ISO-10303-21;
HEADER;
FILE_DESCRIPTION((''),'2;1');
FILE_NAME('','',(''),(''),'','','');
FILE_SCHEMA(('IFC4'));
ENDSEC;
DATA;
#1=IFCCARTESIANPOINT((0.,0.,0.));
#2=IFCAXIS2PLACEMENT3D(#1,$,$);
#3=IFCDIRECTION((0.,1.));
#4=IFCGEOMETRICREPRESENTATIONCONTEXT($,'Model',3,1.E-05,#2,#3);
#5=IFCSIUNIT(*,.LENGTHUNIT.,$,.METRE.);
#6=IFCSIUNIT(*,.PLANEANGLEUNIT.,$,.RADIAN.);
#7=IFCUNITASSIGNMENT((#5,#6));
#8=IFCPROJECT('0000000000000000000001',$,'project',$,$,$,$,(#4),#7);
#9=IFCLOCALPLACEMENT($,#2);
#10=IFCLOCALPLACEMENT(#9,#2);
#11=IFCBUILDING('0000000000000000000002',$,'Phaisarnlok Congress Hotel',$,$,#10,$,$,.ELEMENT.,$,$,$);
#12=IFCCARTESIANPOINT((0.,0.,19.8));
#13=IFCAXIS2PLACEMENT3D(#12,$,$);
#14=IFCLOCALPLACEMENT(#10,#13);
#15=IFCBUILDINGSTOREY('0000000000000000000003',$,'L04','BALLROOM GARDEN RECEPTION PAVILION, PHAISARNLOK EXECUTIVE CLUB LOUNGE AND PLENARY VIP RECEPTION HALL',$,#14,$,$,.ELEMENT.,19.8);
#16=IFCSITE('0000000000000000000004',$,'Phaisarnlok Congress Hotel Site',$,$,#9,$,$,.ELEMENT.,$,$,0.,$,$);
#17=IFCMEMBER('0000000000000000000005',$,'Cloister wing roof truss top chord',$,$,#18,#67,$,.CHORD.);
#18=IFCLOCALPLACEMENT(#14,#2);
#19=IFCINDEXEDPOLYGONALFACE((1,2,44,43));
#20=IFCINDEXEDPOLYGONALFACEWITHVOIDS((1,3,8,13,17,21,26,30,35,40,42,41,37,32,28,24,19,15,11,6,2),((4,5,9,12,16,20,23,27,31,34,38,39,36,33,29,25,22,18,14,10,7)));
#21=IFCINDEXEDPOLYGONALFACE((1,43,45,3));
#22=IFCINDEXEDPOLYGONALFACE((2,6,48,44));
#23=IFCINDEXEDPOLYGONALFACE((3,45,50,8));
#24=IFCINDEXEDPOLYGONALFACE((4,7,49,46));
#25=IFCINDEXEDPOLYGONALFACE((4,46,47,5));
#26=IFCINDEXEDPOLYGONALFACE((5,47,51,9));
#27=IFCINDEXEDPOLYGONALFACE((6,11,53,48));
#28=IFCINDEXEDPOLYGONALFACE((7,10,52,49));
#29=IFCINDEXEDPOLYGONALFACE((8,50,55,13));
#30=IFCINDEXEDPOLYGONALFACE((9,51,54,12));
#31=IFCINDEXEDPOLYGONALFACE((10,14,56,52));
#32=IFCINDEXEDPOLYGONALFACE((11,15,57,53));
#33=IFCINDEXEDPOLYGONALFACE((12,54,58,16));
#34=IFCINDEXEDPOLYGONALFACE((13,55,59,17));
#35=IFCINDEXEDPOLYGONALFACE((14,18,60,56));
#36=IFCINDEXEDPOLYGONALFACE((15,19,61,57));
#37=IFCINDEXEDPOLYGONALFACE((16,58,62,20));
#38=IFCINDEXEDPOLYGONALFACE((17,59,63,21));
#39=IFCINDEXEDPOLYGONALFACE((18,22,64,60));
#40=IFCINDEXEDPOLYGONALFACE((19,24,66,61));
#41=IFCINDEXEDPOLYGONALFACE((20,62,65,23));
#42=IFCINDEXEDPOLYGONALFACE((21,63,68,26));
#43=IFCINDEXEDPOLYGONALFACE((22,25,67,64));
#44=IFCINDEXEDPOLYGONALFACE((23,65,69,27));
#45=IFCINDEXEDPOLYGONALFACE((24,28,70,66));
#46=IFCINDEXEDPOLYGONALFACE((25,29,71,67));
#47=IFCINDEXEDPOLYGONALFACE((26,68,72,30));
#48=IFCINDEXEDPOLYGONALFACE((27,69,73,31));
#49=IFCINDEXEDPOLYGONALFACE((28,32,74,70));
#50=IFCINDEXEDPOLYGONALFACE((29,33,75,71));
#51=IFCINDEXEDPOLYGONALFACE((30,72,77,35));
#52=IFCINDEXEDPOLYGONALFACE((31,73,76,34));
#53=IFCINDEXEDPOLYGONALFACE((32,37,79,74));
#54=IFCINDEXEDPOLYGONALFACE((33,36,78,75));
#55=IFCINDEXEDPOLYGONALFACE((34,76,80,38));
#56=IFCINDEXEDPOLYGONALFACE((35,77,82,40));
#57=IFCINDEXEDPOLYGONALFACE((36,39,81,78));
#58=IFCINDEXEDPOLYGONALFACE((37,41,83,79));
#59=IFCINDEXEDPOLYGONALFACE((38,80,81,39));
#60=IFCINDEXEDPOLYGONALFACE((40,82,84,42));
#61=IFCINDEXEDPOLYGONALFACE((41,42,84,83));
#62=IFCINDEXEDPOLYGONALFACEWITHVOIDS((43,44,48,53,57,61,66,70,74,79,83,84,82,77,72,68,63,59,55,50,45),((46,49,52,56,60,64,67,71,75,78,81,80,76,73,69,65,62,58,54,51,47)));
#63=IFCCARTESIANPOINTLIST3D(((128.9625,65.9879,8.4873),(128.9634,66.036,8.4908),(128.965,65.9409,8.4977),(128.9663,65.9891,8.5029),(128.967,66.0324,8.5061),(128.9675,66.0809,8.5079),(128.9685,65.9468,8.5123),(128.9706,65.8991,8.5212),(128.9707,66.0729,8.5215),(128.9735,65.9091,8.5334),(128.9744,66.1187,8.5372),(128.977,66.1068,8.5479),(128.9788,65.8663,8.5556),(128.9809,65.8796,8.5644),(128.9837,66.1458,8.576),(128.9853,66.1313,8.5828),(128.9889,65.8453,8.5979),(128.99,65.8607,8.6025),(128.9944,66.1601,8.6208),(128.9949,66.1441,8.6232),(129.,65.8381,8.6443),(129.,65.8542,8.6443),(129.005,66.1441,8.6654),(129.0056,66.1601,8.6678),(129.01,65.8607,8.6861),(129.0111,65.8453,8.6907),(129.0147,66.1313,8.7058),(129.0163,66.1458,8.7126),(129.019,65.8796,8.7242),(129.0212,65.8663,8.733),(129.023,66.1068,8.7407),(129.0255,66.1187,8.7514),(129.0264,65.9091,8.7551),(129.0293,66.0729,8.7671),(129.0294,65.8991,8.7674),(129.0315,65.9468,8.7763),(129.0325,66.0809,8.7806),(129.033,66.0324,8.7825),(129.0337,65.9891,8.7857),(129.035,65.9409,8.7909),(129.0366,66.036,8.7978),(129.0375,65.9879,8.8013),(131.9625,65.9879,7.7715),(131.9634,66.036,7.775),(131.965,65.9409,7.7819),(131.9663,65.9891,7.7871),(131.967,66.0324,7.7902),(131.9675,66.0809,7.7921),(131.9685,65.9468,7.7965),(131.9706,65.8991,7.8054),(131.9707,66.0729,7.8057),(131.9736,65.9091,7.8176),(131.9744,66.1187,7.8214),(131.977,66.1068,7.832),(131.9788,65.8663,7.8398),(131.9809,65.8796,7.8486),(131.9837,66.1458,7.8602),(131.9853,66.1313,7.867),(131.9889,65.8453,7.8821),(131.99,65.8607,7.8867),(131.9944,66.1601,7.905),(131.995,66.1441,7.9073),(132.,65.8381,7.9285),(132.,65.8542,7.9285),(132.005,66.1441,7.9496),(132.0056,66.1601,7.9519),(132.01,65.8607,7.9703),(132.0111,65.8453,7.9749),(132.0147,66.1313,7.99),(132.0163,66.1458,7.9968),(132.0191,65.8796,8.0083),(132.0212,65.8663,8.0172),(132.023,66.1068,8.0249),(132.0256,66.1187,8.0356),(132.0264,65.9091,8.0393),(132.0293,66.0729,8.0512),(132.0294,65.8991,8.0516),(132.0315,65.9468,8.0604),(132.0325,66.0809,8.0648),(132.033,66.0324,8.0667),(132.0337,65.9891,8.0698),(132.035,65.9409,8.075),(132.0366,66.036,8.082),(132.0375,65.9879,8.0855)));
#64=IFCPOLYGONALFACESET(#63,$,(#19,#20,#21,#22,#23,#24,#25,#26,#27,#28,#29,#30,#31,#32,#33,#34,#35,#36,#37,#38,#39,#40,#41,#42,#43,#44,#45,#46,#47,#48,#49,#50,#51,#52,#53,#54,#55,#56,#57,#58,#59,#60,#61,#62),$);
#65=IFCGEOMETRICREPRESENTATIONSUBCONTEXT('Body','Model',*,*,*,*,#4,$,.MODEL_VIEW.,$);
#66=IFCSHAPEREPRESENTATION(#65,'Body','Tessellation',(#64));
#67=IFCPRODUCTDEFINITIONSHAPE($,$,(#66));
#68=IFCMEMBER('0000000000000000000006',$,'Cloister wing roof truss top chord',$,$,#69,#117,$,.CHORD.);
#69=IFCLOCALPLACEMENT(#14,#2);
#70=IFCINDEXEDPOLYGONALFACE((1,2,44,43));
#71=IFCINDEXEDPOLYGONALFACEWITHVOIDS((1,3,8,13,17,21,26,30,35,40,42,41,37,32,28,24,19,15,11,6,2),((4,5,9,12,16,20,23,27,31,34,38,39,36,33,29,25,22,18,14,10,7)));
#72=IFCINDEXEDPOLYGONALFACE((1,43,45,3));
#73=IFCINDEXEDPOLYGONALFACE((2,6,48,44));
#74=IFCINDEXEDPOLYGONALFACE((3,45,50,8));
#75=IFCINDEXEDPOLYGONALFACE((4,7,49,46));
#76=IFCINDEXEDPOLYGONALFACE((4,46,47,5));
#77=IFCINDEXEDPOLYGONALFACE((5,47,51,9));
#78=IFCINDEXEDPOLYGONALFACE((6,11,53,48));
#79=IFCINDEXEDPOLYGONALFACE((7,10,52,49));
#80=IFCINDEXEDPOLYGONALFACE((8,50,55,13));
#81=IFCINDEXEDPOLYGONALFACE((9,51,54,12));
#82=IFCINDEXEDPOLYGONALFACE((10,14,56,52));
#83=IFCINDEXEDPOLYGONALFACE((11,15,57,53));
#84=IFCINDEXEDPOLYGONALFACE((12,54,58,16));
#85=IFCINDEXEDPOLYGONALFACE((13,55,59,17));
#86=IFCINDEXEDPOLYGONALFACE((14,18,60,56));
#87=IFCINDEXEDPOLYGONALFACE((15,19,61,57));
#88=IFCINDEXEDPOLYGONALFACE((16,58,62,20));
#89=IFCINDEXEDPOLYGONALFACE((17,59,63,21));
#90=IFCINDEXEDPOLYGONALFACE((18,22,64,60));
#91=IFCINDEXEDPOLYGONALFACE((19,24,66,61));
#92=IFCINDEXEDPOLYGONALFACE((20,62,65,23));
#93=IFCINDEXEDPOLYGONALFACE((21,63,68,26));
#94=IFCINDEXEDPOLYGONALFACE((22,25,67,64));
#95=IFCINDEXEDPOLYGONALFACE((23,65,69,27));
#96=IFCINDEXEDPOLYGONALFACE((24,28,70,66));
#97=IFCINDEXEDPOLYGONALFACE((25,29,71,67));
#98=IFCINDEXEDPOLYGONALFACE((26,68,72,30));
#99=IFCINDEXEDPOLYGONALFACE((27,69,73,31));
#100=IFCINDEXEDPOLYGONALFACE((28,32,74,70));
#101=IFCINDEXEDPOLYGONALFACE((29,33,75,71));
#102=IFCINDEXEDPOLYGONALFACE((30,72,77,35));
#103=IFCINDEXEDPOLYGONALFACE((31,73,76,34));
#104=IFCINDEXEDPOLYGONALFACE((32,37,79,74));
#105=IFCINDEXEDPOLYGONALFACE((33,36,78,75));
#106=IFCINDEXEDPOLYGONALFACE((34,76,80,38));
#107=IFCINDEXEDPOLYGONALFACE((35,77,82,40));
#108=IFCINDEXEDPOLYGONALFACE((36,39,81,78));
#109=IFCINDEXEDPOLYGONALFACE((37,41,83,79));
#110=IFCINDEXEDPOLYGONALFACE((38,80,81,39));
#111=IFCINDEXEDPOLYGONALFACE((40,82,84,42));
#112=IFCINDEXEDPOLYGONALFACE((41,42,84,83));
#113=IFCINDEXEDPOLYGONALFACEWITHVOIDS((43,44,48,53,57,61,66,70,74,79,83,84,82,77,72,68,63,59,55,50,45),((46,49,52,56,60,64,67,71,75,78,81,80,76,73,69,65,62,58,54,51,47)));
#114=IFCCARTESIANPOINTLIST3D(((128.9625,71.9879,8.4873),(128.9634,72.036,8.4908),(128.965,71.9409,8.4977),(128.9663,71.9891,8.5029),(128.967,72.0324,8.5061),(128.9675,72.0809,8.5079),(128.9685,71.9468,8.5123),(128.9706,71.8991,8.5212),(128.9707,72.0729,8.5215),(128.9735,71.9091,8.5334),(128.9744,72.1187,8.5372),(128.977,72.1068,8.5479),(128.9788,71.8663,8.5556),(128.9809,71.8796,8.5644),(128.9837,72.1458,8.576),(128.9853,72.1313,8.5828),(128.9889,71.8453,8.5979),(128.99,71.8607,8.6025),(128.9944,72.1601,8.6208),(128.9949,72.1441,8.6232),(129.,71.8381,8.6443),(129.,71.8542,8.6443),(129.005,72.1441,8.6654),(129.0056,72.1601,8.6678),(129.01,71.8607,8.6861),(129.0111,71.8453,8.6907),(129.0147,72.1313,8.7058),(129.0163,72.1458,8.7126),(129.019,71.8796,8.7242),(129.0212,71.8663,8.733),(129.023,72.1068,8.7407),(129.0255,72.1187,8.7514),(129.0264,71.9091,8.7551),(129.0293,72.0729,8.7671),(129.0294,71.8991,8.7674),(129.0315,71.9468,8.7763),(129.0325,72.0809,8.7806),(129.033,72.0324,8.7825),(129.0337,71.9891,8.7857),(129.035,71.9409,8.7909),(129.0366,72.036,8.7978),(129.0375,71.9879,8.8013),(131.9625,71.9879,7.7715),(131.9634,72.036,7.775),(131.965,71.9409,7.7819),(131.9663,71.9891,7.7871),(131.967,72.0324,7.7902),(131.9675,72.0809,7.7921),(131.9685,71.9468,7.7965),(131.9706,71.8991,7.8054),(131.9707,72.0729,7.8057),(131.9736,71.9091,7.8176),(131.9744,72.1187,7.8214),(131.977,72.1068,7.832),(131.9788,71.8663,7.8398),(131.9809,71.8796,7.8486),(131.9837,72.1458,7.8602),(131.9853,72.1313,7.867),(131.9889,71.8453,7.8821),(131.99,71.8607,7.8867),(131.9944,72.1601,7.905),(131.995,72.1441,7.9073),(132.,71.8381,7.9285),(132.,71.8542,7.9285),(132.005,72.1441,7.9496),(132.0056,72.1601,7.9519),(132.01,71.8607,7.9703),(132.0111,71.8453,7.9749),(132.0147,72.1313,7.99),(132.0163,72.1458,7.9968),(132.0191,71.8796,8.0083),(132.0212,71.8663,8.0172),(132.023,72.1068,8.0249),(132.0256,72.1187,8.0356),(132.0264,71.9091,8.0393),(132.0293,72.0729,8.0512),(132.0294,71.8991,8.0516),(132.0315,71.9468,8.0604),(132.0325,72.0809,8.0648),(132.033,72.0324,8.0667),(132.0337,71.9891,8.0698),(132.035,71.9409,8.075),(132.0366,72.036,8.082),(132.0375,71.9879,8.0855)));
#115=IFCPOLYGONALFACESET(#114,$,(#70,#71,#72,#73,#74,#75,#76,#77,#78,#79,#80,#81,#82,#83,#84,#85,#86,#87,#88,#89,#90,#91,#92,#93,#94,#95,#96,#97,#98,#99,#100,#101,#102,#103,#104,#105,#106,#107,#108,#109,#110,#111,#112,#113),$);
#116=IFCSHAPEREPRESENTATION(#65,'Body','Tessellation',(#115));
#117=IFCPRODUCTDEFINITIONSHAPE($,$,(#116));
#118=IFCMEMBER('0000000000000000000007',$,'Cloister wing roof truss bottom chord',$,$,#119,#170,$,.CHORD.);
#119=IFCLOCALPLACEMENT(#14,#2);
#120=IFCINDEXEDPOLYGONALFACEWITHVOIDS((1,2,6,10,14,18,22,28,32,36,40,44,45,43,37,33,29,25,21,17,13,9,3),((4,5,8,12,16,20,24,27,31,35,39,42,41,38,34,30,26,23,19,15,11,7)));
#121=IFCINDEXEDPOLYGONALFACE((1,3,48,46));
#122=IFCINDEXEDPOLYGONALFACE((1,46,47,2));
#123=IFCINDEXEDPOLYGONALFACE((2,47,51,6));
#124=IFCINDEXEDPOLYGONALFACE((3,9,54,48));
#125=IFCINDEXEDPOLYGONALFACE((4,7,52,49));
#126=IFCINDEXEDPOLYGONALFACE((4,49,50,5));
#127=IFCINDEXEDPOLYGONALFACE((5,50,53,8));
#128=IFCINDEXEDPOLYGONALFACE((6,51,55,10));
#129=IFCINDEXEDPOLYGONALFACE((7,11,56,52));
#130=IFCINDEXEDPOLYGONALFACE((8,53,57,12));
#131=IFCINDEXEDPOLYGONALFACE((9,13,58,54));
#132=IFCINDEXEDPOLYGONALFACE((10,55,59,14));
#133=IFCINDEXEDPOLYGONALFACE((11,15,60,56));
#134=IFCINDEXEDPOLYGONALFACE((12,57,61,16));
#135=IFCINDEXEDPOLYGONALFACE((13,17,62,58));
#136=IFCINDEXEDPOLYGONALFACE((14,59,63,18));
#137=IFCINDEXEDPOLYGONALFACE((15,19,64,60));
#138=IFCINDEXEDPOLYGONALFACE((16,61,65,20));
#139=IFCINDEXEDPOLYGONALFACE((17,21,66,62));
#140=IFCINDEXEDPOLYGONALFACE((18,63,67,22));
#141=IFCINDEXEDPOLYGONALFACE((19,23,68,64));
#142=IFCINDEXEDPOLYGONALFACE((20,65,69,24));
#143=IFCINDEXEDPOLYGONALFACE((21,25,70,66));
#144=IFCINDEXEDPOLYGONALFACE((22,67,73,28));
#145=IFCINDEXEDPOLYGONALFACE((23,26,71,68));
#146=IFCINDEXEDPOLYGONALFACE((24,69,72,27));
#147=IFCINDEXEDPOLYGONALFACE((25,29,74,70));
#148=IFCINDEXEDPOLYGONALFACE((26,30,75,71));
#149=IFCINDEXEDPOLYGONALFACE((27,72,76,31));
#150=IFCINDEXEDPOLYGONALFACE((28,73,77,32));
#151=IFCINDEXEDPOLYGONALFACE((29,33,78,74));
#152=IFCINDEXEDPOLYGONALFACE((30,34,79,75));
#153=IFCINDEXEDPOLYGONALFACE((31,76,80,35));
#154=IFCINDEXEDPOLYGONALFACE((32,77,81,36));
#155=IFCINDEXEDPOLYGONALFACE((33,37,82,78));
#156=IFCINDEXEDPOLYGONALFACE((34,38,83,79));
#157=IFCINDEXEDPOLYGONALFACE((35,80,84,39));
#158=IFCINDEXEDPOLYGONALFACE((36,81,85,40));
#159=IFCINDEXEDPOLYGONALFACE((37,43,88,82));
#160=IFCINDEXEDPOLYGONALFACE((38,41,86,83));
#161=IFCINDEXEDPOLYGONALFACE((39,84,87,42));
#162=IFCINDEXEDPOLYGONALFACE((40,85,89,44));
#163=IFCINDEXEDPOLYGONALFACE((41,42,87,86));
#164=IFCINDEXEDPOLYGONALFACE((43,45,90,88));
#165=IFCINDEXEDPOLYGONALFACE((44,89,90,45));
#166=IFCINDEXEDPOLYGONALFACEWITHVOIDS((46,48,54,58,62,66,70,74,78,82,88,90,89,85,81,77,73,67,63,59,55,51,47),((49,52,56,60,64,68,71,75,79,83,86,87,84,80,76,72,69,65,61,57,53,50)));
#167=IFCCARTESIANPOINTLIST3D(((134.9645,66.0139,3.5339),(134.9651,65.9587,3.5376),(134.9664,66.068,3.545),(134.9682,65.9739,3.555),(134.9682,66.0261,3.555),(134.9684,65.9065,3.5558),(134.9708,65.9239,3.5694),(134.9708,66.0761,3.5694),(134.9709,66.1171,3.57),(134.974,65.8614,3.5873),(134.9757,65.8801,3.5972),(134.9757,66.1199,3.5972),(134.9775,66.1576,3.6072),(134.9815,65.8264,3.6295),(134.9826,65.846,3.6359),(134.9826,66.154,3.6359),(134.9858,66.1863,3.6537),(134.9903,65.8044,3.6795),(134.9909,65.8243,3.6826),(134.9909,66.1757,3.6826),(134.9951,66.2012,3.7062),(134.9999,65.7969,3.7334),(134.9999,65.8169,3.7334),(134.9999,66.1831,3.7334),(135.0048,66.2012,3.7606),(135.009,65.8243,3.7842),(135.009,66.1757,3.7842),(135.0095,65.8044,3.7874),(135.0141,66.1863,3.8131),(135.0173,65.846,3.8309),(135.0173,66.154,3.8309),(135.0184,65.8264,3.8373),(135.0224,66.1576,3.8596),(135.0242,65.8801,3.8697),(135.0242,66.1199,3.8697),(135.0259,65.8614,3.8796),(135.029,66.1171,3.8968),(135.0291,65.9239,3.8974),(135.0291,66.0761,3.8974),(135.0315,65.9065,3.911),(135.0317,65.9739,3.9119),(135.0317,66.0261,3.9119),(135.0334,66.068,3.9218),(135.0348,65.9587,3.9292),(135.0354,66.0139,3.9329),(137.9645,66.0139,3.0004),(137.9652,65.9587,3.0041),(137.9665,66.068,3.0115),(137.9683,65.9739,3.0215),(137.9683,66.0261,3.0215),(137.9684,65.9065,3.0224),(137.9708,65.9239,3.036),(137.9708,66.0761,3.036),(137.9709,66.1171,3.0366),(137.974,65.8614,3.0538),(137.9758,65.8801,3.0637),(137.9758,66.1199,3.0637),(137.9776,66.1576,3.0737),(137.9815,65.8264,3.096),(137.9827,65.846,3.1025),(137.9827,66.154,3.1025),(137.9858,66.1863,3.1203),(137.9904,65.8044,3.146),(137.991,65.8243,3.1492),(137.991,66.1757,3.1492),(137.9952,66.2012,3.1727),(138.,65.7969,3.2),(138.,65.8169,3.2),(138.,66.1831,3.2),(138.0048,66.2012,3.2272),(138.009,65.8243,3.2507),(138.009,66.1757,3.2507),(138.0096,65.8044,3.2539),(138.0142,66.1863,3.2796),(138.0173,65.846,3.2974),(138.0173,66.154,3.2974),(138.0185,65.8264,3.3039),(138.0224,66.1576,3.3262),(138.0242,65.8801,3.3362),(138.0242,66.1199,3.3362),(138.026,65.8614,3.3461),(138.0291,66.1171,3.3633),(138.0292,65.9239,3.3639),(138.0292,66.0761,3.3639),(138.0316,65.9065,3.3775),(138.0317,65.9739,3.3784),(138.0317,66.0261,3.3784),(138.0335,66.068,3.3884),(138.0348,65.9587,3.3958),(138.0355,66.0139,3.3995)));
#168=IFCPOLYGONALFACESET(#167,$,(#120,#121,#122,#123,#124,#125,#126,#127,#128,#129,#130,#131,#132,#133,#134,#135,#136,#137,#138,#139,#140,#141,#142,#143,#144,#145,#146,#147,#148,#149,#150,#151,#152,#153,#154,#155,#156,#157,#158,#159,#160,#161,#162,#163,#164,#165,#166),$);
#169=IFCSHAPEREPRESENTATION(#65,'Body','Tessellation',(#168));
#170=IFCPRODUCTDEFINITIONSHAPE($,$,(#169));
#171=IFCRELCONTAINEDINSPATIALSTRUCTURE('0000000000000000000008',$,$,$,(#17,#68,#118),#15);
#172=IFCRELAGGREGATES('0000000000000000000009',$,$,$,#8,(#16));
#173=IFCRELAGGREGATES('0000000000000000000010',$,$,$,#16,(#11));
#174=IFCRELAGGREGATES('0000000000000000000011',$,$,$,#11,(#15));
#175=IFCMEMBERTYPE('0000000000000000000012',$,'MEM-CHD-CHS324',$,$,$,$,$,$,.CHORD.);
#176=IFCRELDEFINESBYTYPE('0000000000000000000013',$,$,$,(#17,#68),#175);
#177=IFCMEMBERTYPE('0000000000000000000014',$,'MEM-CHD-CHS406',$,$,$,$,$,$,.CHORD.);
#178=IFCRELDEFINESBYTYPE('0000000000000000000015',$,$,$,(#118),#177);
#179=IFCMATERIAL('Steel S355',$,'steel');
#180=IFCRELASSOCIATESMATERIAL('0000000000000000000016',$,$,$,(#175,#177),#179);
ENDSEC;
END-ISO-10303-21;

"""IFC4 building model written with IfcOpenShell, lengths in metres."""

from ifc_helpers import new_model, si_unit, direction, frame, origin, origin_2d, place, context, subcontext, project, spatial, hollow_circle, extrude, material, material_profile, profile_set, type_object, element, save


model = new_model("IFC4")

# Units and contexts
model_context = context("Model", 3, precision=1e-05, world=origin(), true_north=direction((0.0, 1.0)))
body_context = subcontext(model_context, "Body", "Model", "MODEL_VIEW")
ifc_project = project(units=[si_unit("LENGTHUNIT", "METRE"), si_unit("PLANEANGLEUNIT", "RADIAN")], contexts=[model_context])

# Site, building, storey
site_placement = place(None, origin())
site = spatial("IfcSite", under=ifc_project, at=site_placement, Name="Phaisarnlok Congress Hotel Site", CompositionType="ELEMENT", RefElevation=0.0)
building_placement = place(site_placement, origin())
building = spatial("IfcBuilding", under=site, at=building_placement, Name="Phaisarnlok Congress Hotel", CompositionType="ELEMENT")
storey_placement = place(building_placement, frame((0.0, 0.0, 19.8)))
storey = spatial("IfcBuildingStorey", under=building, at=storey_placement, Name="L04", Description="BALLROOM GARDEN RECEPTION PAVILION, PHAISARNLOK EXECUTIVE CLUB LOUNGE AND PLENARY VIP RECEPTION HALL", CompositionType="ELEMENT", Elevation=19.8)

# Shared definitions
ifc_material_1 = material(Name="Steel S355", Category="steel")

# Members
ifc_material_profile_1 = material_profile(ifc_material_1, hollow_circle(Radius=0.1619, WallThickness=0.0161, at=origin_2d()), Name="CHS 323.9x16")
ifc_profile_set_1 = profile_set([ifc_material_profile_1], Name="Steel S355")
member_type_1 = type_object("IfcMemberType", Name="MEM-CHD-CHS324", PredefinedType="CHORD", material=ifc_profile_set_1)
for number, where, z_axis, x_axis, name in (
    (1, (132.0, 66.0, 7.9285), (-0.972694, 0.0, 0.232091), (0.0, -1.0, 0.0), "Cloister wing roof truss top chord"),
    (2, (132.0, 72.0, 7.9285), (-0.972694, 0.0, 0.232091), (0.0, -1.0, 0.0), "Cloister wing roof truss top chord"),
):
    element("IfcMember", number, at=place(storey_placement, frame(where, z_axis=z_axis, x_axis=x_axis)), inside=storey, type_object=member_type_1, Name=name, PredefinedType="CHORD", context=body_context, shape_type="SweptSolid", body=[
        extrude(hollow_circle(Radius=0.1619, WallThickness=0.0161, at=origin_2d()), origin(), (0.0, 0.0, 1.0), 3.0842),
    ])
ifc_material_profile_2 = material_profile(ifc_material_1, hollow_circle(Radius=0.2031, WallThickness=0.02, at=origin_2d()), Name="CHS 406.4x20")
ifc_profile_set_2 = profile_set([ifc_material_profile_2], Name="Steel S355")
member_type_2 = type_object("IfcMemberType", Name="MEM-CHD-CHS406", PredefinedType="CHORD", material=ifc_profile_set_2)
for number, where, z_axis, x_axis, name in (
    (3, (138.0, 66.0, 3.2), (-0.984556, 0.0, 0.17507), (0.0, -1.0, 0.0), "Cloister wing roof truss bottom chord"),
):
    element("IfcMember", number, at=place(storey_placement, frame(where, z_axis=z_axis, x_axis=x_axis)), inside=storey, type_object=member_type_2, Name=name, PredefinedType="CHORD", context=body_context, shape_type="SweptSolid", body=[
        extrude(hollow_circle(Radius=0.2031, WallThickness=0.02, at=origin_2d()), origin(), (0.0, 0.0, 1.0), 3.0471),
    ])

save(model, "model.ifc")
